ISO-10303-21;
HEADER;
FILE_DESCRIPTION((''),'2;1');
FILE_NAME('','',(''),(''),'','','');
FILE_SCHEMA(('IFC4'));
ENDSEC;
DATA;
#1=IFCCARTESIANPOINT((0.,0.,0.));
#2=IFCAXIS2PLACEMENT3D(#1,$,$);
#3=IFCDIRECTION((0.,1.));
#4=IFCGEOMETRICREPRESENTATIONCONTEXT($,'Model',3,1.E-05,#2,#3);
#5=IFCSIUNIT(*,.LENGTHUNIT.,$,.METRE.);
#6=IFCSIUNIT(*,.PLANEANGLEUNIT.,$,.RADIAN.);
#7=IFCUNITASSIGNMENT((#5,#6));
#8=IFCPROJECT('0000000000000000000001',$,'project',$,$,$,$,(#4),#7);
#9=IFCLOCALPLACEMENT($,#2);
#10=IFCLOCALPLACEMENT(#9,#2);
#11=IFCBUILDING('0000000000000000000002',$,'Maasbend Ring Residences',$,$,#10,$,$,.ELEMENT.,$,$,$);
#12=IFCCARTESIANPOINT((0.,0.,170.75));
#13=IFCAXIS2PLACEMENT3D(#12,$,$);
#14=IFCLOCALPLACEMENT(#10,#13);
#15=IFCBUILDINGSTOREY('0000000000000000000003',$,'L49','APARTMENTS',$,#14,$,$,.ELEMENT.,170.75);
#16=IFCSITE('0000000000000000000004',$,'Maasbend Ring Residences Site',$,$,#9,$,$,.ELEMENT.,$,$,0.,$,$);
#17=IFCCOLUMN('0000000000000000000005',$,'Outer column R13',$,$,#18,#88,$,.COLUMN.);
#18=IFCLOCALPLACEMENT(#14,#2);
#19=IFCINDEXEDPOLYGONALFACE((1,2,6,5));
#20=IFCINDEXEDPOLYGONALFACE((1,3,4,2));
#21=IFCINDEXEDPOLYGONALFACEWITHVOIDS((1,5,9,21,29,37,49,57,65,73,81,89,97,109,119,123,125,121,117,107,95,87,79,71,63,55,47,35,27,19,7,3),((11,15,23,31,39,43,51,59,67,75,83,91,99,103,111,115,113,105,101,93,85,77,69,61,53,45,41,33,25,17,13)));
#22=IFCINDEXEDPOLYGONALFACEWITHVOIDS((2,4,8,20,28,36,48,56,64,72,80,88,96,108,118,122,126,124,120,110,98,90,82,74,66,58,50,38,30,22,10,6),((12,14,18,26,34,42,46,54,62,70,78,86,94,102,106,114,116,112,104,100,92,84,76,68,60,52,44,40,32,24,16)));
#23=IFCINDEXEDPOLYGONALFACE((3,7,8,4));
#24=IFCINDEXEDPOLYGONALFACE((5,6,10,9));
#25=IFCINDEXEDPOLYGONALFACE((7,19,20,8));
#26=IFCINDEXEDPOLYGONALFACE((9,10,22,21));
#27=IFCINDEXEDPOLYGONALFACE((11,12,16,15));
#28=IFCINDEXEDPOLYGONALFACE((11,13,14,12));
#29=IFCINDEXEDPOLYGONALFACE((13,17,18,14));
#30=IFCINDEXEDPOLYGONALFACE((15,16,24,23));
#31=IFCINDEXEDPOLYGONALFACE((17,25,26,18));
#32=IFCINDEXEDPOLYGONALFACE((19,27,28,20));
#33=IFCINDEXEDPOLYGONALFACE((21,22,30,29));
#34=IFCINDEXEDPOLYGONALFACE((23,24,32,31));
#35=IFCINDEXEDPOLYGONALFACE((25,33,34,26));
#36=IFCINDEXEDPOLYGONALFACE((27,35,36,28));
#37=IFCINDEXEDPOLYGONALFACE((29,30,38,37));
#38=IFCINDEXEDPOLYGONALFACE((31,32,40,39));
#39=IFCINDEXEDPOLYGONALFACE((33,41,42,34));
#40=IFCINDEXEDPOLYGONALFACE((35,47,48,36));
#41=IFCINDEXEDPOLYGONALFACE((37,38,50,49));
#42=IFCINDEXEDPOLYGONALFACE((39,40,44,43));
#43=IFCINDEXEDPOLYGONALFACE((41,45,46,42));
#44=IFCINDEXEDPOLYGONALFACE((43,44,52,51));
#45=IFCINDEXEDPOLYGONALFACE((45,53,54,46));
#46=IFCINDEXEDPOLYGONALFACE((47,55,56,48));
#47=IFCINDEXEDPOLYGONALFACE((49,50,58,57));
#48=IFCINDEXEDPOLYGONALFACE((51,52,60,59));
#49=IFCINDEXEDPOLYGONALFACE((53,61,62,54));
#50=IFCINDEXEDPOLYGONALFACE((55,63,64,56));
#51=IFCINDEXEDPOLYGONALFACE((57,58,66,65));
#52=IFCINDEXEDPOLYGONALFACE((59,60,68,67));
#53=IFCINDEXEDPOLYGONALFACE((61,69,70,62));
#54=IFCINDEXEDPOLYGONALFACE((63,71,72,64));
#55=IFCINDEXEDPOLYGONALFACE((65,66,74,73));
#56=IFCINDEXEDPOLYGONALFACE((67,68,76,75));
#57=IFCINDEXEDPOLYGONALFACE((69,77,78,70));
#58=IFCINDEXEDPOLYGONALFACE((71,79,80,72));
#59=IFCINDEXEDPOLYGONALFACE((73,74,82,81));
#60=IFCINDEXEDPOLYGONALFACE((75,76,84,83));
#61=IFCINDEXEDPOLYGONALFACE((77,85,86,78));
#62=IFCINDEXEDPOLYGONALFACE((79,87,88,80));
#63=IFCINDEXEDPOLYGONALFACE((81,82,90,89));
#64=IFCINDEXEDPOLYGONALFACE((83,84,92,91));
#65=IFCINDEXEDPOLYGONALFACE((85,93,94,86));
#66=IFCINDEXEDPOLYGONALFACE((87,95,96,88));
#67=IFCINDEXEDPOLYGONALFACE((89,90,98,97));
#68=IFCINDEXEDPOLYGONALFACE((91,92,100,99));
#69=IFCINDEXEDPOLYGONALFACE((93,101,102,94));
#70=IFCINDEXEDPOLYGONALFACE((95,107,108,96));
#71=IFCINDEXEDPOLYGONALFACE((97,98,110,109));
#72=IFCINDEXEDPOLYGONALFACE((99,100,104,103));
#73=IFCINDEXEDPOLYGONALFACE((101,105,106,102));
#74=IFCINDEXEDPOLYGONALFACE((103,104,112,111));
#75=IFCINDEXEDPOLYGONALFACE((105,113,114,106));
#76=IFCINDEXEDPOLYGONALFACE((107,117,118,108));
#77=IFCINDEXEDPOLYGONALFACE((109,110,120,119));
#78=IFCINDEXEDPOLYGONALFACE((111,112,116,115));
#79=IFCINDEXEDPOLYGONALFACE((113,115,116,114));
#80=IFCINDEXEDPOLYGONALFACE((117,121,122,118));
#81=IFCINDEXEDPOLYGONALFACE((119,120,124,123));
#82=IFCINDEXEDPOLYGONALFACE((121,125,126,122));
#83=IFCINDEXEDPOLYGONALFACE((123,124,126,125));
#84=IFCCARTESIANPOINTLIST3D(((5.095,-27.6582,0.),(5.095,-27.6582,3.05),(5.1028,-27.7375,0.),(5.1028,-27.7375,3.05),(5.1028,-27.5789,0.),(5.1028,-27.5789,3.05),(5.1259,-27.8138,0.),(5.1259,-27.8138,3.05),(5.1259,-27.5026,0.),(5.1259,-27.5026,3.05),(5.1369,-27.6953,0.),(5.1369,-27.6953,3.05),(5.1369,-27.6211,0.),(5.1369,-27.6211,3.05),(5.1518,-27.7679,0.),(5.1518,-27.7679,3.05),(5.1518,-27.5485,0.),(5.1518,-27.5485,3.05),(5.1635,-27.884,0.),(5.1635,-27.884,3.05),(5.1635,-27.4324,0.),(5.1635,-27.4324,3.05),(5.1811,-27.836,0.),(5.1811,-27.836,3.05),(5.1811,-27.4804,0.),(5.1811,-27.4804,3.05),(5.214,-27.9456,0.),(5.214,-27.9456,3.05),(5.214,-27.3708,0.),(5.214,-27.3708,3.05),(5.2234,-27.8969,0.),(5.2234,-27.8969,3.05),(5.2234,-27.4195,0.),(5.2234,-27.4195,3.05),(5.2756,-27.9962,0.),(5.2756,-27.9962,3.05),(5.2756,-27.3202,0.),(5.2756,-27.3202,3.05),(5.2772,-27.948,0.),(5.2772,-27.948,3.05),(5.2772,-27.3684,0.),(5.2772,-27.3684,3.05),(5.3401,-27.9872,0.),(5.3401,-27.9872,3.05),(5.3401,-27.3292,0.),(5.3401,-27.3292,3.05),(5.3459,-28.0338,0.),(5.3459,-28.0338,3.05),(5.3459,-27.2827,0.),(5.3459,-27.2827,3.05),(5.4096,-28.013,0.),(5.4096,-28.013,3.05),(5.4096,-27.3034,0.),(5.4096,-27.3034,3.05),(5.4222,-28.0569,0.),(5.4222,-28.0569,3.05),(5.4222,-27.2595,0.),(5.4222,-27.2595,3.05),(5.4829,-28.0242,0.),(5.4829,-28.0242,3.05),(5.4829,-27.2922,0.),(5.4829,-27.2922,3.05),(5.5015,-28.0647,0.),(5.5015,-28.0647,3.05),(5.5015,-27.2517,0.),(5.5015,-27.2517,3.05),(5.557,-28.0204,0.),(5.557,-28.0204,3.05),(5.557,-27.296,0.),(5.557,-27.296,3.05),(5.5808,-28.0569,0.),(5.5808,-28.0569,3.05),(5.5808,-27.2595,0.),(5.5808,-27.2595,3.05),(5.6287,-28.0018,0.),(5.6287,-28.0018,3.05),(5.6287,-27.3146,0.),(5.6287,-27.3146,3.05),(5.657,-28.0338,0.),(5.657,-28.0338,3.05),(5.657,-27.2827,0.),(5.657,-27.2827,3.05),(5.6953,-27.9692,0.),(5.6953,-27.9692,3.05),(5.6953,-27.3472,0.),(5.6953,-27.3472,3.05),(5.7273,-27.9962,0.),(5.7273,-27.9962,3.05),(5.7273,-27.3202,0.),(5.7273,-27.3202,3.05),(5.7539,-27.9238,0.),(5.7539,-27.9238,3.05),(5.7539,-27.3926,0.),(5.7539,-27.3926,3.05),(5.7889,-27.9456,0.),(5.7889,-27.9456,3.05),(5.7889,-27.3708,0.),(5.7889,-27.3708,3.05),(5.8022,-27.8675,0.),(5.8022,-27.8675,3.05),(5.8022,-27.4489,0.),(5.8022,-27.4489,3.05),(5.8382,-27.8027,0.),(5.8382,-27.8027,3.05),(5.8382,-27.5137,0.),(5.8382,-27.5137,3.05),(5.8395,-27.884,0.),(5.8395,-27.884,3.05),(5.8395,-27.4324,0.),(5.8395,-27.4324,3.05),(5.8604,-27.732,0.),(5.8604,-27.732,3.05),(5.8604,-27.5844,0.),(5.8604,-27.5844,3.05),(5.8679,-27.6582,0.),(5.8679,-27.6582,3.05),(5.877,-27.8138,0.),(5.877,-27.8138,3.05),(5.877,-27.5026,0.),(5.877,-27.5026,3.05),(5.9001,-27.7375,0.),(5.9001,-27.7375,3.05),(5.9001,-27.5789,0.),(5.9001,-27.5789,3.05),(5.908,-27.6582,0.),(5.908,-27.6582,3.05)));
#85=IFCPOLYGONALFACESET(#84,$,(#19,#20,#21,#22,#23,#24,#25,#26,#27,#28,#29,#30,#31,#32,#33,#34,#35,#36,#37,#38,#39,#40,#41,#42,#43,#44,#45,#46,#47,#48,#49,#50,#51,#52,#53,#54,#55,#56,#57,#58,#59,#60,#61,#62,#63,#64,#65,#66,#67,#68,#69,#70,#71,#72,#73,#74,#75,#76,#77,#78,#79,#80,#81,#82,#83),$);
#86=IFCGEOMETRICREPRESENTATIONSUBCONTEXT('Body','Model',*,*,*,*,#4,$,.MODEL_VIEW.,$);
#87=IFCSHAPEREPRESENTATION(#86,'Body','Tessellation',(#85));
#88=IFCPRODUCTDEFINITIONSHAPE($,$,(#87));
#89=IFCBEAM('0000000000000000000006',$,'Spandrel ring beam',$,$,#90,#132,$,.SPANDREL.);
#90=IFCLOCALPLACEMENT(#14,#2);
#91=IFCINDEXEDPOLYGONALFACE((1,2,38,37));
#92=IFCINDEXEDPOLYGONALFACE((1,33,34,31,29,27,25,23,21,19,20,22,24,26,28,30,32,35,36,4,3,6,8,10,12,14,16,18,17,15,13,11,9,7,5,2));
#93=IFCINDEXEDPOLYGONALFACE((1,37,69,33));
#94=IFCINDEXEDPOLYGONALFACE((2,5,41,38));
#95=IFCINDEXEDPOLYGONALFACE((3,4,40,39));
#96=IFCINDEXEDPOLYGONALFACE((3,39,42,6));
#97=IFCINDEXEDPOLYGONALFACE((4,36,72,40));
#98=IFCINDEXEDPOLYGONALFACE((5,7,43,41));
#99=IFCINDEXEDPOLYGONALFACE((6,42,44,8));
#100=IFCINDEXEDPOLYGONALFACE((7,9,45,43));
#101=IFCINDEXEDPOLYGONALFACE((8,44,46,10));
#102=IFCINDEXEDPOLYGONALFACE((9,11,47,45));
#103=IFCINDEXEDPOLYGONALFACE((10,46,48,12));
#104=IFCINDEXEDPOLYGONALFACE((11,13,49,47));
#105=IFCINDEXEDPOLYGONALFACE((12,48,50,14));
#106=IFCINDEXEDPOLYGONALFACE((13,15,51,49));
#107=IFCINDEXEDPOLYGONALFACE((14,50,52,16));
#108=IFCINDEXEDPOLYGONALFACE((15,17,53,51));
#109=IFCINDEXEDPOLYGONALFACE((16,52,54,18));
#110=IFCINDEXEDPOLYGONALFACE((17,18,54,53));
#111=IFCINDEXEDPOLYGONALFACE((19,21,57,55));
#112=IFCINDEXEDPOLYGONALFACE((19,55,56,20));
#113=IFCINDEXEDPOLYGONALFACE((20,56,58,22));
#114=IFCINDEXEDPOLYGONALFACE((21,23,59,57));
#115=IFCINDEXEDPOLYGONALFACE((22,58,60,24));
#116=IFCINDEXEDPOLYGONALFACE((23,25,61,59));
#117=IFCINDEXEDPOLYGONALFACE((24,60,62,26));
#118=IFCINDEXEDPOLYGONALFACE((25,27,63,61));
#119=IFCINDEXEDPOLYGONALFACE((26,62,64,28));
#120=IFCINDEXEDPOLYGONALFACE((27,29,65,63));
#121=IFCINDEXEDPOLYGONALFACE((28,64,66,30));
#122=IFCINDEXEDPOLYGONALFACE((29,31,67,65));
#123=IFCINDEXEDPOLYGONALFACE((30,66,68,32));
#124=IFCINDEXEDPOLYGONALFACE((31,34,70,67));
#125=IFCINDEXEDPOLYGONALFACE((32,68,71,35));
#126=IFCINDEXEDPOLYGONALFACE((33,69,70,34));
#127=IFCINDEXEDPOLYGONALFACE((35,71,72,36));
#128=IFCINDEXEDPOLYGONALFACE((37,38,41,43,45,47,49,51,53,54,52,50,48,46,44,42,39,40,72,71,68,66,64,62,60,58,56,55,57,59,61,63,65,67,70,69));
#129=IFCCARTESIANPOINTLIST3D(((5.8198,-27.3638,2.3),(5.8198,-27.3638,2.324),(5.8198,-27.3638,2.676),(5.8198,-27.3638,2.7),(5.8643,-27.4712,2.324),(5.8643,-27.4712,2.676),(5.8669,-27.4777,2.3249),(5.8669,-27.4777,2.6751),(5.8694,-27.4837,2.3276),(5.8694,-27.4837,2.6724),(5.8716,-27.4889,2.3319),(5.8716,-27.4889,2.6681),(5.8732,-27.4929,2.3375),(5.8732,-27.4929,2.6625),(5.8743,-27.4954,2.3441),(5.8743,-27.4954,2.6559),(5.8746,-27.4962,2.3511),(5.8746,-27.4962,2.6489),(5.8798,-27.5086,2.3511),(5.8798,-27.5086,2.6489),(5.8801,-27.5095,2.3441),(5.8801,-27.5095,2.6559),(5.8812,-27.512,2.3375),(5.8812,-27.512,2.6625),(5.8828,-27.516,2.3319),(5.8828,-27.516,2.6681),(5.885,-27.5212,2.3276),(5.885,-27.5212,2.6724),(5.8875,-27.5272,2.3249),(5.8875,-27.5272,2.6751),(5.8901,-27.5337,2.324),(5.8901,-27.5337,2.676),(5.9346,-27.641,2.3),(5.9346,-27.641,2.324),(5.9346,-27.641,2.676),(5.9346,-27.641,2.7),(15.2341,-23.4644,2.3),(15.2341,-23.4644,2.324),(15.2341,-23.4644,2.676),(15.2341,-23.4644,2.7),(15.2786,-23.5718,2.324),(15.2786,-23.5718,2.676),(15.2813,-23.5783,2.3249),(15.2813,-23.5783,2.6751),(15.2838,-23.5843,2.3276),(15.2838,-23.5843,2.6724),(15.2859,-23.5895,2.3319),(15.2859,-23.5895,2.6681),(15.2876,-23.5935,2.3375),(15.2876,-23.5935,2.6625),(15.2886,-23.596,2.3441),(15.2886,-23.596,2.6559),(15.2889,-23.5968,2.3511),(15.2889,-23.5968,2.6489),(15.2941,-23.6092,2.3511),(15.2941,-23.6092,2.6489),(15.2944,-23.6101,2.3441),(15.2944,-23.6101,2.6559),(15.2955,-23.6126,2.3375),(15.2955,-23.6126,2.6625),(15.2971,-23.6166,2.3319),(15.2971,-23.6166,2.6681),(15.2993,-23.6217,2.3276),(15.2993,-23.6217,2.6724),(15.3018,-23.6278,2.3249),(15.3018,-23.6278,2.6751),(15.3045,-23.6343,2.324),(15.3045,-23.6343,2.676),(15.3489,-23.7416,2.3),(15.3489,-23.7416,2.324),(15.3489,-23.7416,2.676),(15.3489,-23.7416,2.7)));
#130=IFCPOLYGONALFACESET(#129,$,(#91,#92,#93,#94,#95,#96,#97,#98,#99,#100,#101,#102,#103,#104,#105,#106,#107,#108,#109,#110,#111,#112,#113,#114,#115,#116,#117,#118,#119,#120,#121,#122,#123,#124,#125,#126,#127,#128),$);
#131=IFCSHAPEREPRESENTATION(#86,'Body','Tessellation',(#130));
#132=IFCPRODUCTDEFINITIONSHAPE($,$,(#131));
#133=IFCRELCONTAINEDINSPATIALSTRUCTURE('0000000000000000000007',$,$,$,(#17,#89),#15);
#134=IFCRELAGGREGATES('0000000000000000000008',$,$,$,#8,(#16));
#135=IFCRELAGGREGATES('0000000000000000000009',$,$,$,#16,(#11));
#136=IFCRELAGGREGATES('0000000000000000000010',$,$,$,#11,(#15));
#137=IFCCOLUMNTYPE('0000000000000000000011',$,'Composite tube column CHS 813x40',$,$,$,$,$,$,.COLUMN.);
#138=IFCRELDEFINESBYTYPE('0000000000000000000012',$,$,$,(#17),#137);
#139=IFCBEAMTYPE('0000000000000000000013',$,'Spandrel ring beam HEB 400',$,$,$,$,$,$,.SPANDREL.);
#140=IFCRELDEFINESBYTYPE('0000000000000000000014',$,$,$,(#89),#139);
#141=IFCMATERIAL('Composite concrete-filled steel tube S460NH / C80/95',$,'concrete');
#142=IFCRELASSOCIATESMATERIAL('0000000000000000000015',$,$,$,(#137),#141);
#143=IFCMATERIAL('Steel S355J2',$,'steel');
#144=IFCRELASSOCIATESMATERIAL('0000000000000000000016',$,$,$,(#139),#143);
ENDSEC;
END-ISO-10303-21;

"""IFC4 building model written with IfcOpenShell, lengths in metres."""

from ifc_helpers import new_model, si_unit, direction, frame, origin, origin_2d, place, context, subcontext, project, spatial, hollow_circle, i_section, extrude, material, material_profile, profile_set, type_object, element, save


model = new_model("IFC4")

# Units and contexts
model_context = context("Model", 3, precision=1e-05, world=origin(), true_north=direction((0.0, 1.0)))
body_context = subcontext(model_context, "Body", "Model", "MODEL_VIEW")
ifc_project = project(units=[si_unit("LENGTHUNIT", "METRE"), si_unit("PLANEANGLEUNIT", "RADIAN")], contexts=[model_context])

# Site, building, storey
site_placement = place(None, origin())
site = spatial("IfcSite", under=ifc_project, at=site_placement, Name="Maasbend Ring Residences Site", CompositionType="ELEMENT", RefElevation=0.0)
building_placement = place(site_placement, origin())
building = spatial("IfcBuilding", under=site, at=building_placement, Name="Maasbend Ring Residences", CompositionType="ELEMENT")
storey_placement = place(building_placement, frame((0.0, 0.0, 170.75)))
storey = spatial("IfcBuildingStorey", under=building, at=storey_placement, Name="L49", Description="APARTMENTS", CompositionType="ELEMENT", Elevation=170.75)

# Column
ifc_material_1 = material(Name="Composite concrete-filled steel tube S460NH / C80/95", Category="concrete")
ifc_material_profile_1 = material_profile(ifc_material_1, hollow_circle(Radius=0.4065, WallThickness=0.04, at=origin_2d()), Name="Composite tube column CHS 813x40")
ifc_profile_set_1 = profile_set([ifc_material_profile_1], Name="Composite concrete-filled steel tube S460NH / C80/95")
column_type = type_object("IfcColumnType", Name="Composite tube column CHS 813x40", PredefinedType="COLUMN", material=ifc_profile_set_1)
column_placement = place(storey_placement, frame((5.5015, -27.6582, 0.0), z_axis=(0.0, 0.0, 1.0), x_axis=(1.0, 0.0, 0.0)))
element("IfcColumn", 1, at=column_placement, inside=storey, type_object=column_type, Name="Outer column R13", PredefinedType="COLUMN", context=body_context, shape_type="SweptSolid", body=[
    extrude(hollow_circle(Radius=0.4065, WallThickness=0.04, at=origin_2d()), origin(), (0.0, 0.0, 1.0), 3.05),
])

# Beam
ifc_material_2 = material(Name="Steel S355J2", Category="steel")
ifc_material_profile_2 = material_profile(ifc_material_2, i_section(OverallWidth=0.3, OverallDepth=0.3999, WebThickness=0.0134, FlangeThickness=0.0239, FilletRadius=0.0271, at=origin_2d()), Name="HEB 400")
ifc_profile_set_2 = profile_set([ifc_material_profile_2], Name="Steel S355J2")
beam_type = type_object("IfcBeamType", Name="Spandrel ring beam HEB 400", PredefinedType="SPANDREL", material=ifc_profile_set_2)
beam_placement = place(storey_placement, frame((5.8772, -27.5024, 2.5), z_axis=(0.923884, 0.382673, 0.0), x_axis=(-0.382673, 0.923884, 0.0)))
element("IfcBeam", 2, at=beam_placement, inside=storey, type_object=beam_type, Name="Spandrel ring beam", PredefinedType="SPANDREL", context=body_context, shape_type="SweptSolid", body=[
    extrude(i_section(OverallWidth=0.3, OverallDepth=0.3999, WebThickness=0.0134, FlangeThickness=0.0239, FilletRadius=0.0271, at=origin_2d()), origin(), (0.0, 0.0, 1.0), 10.1899),
])

save(model, "model.ifc")
